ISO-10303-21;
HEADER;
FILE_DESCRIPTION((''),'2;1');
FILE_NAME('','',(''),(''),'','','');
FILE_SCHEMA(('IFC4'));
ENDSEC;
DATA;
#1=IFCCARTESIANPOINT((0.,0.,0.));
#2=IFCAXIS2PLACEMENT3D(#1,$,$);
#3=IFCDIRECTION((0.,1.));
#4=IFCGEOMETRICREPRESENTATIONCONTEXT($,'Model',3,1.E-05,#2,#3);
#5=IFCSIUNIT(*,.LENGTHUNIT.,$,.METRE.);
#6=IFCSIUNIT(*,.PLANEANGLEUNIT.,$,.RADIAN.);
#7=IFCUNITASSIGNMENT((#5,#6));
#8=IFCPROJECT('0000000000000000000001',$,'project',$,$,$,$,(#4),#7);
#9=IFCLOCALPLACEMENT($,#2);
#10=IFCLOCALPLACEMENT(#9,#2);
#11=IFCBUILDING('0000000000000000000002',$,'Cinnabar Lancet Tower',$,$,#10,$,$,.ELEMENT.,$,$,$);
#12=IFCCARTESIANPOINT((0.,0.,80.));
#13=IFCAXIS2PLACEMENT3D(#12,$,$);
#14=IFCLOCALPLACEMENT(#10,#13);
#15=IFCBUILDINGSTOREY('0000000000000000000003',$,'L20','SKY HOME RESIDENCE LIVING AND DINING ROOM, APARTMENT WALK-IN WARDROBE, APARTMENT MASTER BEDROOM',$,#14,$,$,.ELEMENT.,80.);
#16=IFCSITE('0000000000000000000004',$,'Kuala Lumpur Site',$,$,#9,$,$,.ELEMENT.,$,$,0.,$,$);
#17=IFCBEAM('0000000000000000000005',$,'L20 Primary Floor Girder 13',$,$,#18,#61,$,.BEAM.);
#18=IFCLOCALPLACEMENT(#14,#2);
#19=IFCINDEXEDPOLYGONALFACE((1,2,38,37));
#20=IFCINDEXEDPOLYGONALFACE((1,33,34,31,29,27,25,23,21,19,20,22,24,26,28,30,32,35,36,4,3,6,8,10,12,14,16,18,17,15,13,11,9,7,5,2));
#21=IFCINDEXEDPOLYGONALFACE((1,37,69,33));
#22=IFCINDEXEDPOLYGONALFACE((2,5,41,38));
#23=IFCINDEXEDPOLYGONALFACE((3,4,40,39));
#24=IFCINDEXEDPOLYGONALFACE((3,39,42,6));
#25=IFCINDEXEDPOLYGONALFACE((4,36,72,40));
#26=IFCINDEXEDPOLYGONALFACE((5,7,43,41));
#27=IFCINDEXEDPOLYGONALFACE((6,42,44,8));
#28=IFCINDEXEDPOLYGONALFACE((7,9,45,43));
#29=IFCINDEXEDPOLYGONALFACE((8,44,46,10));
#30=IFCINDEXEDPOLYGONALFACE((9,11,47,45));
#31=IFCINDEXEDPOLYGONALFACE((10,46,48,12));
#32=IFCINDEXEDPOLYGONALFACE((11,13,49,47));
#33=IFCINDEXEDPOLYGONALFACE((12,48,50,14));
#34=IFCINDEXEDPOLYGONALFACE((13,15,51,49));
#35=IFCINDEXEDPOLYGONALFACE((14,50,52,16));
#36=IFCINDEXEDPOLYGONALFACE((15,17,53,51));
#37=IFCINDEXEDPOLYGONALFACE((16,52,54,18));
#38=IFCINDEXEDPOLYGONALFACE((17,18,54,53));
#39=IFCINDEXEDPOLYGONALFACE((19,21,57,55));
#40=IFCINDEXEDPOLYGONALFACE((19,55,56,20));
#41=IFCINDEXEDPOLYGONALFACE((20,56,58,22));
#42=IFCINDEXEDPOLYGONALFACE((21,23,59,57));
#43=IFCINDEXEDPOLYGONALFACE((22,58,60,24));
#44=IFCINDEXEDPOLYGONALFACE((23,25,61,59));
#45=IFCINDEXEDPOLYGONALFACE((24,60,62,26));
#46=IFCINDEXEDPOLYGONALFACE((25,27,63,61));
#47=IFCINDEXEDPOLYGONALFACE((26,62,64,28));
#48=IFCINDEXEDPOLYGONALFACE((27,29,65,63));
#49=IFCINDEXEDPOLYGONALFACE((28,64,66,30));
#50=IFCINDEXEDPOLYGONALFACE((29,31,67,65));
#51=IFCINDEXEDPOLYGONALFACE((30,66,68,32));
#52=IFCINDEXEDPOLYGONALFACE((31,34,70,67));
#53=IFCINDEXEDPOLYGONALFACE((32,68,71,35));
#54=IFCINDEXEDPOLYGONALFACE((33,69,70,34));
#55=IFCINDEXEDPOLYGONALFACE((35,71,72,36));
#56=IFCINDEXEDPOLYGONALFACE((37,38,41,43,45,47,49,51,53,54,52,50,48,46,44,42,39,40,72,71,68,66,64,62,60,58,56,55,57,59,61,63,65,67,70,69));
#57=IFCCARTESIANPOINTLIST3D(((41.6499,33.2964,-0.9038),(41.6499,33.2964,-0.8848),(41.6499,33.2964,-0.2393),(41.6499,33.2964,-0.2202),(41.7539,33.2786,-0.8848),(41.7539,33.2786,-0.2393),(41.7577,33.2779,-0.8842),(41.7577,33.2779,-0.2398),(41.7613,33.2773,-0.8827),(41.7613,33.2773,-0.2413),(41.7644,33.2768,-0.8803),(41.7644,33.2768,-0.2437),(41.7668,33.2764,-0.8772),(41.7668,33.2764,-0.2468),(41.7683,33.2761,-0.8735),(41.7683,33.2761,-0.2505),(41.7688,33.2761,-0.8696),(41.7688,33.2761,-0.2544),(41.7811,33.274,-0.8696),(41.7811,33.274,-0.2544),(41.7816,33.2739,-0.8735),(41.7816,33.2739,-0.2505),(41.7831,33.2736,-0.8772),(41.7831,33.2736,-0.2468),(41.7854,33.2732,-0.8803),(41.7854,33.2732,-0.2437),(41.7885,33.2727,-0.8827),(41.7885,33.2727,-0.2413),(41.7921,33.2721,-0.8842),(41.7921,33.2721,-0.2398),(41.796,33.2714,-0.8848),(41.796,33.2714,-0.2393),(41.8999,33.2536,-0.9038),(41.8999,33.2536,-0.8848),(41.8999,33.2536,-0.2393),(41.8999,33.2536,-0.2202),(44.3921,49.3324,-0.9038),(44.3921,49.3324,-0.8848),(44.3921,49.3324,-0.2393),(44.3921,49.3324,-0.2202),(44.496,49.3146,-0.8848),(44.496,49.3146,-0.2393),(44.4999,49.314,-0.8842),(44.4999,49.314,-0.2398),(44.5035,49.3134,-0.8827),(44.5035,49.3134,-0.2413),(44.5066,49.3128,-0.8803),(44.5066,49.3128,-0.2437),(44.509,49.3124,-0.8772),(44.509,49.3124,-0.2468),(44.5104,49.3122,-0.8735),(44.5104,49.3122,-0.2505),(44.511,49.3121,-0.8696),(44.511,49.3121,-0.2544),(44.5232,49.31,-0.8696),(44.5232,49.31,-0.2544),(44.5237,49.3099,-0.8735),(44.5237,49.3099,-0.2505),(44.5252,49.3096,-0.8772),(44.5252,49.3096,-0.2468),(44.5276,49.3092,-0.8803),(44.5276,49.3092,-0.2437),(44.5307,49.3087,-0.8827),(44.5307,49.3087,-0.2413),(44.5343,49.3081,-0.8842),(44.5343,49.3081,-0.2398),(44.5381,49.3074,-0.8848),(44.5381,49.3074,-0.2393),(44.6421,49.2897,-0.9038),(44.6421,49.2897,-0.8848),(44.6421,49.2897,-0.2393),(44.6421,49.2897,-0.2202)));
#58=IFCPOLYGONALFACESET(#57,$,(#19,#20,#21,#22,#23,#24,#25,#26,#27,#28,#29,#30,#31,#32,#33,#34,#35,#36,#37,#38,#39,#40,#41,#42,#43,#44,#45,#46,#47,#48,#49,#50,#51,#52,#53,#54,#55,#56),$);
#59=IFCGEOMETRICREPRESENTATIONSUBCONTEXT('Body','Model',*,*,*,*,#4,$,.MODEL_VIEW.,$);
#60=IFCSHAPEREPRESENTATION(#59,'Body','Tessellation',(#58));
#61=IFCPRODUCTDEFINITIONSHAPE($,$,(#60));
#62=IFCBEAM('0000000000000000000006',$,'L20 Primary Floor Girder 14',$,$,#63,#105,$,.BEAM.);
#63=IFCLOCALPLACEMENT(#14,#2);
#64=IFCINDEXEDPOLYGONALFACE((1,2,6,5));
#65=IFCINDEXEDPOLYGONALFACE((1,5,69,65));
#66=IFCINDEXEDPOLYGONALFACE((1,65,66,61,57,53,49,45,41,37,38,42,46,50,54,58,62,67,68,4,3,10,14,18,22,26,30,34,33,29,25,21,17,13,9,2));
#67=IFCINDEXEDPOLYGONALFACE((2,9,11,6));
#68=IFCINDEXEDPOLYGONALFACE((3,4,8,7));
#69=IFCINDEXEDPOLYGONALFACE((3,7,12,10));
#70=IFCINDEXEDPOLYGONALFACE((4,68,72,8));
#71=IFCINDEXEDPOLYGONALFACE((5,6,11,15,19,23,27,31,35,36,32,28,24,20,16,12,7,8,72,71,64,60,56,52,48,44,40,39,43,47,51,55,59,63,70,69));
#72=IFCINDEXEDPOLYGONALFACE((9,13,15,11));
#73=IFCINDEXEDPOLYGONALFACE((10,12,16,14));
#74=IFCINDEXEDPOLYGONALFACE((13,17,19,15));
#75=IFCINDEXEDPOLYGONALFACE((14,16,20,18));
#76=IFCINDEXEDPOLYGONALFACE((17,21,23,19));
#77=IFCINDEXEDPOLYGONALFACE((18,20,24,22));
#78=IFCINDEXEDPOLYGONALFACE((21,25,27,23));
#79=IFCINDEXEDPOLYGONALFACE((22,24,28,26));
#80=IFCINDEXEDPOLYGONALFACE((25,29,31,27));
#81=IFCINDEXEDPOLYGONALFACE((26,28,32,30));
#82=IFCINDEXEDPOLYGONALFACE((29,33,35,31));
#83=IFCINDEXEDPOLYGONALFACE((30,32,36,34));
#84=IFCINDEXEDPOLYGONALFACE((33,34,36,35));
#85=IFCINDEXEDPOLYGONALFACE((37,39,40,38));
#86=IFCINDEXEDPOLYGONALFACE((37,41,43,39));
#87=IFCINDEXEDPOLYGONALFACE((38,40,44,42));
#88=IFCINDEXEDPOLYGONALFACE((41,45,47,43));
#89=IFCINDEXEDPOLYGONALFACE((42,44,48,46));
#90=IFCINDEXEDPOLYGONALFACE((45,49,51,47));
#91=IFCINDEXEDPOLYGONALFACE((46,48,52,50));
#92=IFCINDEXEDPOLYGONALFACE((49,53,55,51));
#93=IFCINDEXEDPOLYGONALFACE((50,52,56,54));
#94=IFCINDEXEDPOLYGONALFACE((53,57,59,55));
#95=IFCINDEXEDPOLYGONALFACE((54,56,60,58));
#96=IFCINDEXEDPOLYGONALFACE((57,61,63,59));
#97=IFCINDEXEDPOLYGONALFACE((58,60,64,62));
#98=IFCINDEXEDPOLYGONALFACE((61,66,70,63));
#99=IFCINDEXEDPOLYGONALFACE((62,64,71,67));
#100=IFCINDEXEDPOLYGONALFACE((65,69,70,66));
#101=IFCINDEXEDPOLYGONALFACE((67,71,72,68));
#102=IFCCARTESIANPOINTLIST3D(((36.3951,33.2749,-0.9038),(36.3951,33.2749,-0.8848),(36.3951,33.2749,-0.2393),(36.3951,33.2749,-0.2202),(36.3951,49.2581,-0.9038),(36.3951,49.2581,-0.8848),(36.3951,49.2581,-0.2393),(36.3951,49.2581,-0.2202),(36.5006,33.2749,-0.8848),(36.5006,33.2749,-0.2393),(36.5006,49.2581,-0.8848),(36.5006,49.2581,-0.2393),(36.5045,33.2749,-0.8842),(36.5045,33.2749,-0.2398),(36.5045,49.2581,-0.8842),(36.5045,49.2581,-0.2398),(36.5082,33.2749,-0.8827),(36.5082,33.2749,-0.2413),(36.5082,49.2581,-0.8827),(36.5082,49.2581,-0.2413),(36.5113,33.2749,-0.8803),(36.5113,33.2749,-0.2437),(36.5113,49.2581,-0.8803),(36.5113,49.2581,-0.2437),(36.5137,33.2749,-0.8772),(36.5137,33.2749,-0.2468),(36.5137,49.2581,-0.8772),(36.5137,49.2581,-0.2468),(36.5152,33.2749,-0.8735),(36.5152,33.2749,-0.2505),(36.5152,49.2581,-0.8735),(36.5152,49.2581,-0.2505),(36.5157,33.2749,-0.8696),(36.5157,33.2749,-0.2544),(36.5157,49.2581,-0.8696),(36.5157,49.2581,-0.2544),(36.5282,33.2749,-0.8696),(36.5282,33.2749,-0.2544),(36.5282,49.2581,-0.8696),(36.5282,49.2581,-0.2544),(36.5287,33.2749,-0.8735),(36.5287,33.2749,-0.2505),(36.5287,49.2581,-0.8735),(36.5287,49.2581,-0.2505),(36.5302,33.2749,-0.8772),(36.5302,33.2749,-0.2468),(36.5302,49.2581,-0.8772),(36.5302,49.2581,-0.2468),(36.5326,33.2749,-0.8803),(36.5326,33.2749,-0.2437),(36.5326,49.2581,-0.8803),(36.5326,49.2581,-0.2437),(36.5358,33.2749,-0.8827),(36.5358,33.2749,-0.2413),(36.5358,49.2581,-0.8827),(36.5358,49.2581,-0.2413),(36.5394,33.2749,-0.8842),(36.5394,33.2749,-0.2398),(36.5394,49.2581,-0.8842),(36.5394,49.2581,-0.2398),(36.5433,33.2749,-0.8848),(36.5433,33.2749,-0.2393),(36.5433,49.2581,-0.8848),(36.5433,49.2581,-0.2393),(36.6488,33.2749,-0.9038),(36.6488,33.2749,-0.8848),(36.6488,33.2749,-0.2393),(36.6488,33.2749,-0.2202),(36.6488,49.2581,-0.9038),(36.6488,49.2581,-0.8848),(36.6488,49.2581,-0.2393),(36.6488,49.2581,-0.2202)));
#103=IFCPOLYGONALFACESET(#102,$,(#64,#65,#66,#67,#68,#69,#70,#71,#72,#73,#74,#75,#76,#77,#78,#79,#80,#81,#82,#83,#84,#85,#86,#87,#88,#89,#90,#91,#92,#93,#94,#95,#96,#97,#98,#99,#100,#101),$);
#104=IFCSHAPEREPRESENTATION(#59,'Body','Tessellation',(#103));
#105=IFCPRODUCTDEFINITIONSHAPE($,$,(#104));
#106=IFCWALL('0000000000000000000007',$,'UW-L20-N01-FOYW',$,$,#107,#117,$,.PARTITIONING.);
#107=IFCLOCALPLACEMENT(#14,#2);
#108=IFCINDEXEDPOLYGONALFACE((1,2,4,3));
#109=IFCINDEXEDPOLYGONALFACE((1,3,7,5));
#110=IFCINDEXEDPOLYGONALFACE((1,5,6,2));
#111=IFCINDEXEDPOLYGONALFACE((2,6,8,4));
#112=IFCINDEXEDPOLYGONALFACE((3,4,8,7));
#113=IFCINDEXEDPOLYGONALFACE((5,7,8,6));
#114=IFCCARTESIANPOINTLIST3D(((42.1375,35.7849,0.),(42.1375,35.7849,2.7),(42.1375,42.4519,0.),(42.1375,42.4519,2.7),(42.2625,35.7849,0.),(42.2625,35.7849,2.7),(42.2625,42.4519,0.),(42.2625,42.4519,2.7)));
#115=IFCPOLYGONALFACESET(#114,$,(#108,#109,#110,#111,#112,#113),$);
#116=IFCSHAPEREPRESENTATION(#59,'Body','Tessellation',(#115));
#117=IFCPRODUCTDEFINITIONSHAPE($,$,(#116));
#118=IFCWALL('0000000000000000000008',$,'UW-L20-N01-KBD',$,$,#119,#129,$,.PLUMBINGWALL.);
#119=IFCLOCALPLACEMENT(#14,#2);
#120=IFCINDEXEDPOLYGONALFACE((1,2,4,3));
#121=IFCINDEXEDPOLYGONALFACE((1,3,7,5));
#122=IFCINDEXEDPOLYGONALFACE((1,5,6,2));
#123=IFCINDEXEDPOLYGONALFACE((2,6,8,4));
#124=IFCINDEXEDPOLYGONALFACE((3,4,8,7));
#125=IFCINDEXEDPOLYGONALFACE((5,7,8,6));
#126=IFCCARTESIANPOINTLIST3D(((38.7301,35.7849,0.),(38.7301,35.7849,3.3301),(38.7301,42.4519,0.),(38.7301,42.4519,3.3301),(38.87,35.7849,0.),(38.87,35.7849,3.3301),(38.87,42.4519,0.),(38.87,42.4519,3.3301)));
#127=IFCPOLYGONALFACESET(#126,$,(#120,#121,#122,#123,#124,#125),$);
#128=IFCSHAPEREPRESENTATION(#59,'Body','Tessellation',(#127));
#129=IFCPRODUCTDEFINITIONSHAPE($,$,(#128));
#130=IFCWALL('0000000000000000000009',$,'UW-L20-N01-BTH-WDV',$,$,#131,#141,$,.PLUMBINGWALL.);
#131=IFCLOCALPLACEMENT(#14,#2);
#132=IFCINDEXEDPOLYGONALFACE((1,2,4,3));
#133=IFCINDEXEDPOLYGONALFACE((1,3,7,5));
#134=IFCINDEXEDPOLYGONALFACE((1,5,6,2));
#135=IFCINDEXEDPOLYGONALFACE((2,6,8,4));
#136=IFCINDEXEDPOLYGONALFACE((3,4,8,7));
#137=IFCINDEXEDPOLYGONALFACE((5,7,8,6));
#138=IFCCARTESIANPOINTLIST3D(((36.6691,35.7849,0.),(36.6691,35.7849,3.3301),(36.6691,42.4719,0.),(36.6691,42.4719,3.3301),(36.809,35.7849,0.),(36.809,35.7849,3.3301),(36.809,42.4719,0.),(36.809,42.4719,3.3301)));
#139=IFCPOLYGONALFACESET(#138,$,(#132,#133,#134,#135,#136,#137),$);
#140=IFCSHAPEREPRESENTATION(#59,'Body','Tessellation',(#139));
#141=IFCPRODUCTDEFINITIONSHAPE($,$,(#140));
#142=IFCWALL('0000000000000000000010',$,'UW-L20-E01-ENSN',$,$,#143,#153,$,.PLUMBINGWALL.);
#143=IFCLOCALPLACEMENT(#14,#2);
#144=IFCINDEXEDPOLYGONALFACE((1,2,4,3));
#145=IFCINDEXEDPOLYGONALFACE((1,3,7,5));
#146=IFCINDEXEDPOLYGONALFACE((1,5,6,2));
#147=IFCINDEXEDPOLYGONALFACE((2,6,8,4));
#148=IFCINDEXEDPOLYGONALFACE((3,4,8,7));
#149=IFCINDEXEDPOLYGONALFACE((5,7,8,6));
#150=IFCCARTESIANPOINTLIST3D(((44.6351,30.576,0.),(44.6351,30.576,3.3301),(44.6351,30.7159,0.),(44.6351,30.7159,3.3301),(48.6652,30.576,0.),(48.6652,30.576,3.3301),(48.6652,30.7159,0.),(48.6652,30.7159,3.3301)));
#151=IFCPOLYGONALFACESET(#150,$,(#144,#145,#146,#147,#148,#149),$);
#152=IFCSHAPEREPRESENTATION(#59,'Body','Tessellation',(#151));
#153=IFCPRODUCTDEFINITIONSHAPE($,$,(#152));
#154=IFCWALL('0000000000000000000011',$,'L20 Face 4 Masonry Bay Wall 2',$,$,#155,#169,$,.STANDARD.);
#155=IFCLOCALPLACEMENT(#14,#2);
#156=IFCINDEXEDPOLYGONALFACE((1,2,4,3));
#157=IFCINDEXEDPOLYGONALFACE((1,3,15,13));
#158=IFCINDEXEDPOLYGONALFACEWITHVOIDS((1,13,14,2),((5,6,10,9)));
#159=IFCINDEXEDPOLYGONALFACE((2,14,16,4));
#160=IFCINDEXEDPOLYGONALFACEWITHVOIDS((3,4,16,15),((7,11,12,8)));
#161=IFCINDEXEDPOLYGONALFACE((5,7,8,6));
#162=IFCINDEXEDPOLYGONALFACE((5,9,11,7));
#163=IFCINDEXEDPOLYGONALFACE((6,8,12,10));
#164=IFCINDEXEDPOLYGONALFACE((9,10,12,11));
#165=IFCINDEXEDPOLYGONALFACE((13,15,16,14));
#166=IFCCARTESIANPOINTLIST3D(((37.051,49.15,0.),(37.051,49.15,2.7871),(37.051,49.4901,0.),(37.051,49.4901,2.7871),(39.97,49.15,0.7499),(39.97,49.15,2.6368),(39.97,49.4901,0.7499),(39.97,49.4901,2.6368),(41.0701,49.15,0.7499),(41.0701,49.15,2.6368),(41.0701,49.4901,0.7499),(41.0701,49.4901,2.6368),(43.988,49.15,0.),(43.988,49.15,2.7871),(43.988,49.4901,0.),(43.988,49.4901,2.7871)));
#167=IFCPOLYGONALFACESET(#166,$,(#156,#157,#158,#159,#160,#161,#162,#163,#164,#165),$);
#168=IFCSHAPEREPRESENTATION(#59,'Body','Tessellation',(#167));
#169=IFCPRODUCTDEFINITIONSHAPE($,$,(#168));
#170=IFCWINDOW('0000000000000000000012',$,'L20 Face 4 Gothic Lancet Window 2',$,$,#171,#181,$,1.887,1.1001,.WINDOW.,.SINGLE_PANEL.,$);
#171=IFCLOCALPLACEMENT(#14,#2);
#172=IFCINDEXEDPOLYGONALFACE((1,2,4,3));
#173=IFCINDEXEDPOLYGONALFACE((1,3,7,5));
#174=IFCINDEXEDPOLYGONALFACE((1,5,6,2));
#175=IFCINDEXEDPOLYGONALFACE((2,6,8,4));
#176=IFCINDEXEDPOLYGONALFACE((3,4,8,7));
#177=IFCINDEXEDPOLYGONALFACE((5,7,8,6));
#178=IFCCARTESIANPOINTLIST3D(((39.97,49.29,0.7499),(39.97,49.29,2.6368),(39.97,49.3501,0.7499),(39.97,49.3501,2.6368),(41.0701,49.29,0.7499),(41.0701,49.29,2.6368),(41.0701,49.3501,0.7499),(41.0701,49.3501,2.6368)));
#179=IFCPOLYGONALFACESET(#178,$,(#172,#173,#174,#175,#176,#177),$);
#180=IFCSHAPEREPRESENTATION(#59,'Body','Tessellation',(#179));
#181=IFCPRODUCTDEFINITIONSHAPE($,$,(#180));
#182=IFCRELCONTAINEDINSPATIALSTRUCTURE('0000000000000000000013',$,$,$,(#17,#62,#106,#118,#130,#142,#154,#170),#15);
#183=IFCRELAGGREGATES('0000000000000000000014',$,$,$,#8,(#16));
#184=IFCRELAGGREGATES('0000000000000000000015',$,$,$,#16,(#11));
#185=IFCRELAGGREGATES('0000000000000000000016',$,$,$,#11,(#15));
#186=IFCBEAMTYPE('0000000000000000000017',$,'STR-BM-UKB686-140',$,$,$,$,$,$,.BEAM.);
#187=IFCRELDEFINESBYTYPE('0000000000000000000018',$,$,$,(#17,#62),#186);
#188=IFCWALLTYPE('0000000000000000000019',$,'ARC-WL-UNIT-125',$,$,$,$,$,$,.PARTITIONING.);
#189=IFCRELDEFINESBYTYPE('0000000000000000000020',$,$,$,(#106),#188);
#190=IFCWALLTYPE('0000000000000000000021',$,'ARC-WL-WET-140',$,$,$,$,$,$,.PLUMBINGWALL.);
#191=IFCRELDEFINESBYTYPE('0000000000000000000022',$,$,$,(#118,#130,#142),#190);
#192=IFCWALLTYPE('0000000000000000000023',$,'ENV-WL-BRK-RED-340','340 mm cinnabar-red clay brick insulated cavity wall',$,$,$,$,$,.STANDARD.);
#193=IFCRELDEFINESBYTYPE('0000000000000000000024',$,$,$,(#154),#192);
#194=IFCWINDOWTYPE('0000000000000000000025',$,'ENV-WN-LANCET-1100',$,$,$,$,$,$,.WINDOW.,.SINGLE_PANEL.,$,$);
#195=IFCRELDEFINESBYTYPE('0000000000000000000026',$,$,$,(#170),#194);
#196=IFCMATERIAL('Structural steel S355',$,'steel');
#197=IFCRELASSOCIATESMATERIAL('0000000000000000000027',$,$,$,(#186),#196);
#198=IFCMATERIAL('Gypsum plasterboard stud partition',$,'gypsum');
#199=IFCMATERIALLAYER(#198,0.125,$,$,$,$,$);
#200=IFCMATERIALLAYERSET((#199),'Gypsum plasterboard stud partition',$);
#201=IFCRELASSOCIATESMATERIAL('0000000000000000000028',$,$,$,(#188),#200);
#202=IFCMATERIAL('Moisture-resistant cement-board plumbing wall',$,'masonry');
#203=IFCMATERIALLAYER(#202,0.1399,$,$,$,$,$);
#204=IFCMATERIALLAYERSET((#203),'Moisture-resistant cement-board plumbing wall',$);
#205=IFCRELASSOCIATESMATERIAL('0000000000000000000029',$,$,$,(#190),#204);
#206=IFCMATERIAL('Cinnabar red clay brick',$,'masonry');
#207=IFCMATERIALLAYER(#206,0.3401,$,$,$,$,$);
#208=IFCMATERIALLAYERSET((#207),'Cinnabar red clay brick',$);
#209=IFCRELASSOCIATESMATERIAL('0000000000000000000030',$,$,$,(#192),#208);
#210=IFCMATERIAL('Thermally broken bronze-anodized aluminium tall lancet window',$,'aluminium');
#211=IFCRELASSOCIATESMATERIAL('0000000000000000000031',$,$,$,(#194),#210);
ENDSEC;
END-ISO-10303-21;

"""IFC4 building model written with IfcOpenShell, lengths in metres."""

from ifc_helpers import new_model, si_unit, direction, frame, frame_2d, origin, origin_2d, place, context, subcontext, project, spatial, rectangle, i_section, extrude, material, layer, layer_set, material_profile, profile_set, type_object, element, fill, save


model = new_model("IFC4")

# Units and contexts
model_context = context("Model", 3, precision=1e-05, world=origin(), true_north=direction((0.0, 1.0)))
body_context = subcontext(model_context, "Body", "Model", "MODEL_VIEW")
ifc_project = project(units=[si_unit("LENGTHUNIT", "METRE"), si_unit("PLANEANGLEUNIT", "RADIAN")], contexts=[model_context])

# Site, building, storey
site_placement = place(None, origin())
site = spatial("IfcSite", under=ifc_project, at=site_placement, Name="Kuala Lumpur Site", CompositionType="ELEMENT", RefElevation=0.0)
building_placement = place(site_placement, origin())
building = spatial("IfcBuilding", under=site, at=building_placement, Name="Cinnabar Lancet Tower", CompositionType="ELEMENT")
storey_placement = place(building_placement, frame((0.0, 0.0, 80.0)))
storey = spatial("IfcBuildingStorey", under=building, at=storey_placement, Name="L20", Description="SKY HOME RESIDENCE LIVING AND DINING ROOM, APARTMENT WALK-IN WARDROBE, APARTMENT MASTER BEDROOM", CompositionType="ELEMENT", Elevation=80.0)

# Beams
ifc_material_1 = material(Name="Structural steel S355", Category="steel")
ifc_material_profile_1 = material_profile(ifc_material_1, i_section(OverallWidth=0.2537, OverallDepth=0.6836, WebThickness=0.0125, FlangeThickness=0.019, FilletRadius=0.0151, at=origin_2d()), Name="UKB 686x254x140")
ifc_profile_set_1 = profile_set([ifc_material_profile_1], Name="Structural steel S355")
beam_type_1 = type_object("IfcBeamType", Name="STR-BM-UKB686-140", PredefinedType="BEAM", material=ifc_profile_set_1)
beam_1_placement = place(storey_placement, frame((44.5171, 49.311, -0.562), z_axis=(-0.168554, -0.985692, 0.0), x_axis=(0.985692, -0.168554, 0.0)))
element("IfcBeam", 1, at=beam_1_placement, inside=storey, type_object=beam_type_1, Name="L20 Primary Floor Girder 13", PredefinedType="BEAM", context=body_context, shape_type="SweptSolid", body=[
    extrude(i_section(OverallWidth=0.2537, OverallDepth=0.6836, WebThickness=0.0125, FlangeThickness=0.019, FilletRadius=0.0151, at=origin_2d()), origin(), (0.0, 0.0, 1.0), 16.2688),
])
beam_2_placement = place(storey_placement, frame((36.522, 49.2581, -0.562), z_axis=(0.0, -1.0, 0.0), x_axis=(1.0, 0.0, 0.0)))
element("IfcBeam", 2, at=beam_2_placement, inside=storey, type_object=beam_type_1, Name="L20 Primary Floor Girder 14", PredefinedType="BEAM", context=body_context, shape_type="SweptSolid", body=[
    extrude(i_section(OverallWidth=0.2537, OverallDepth=0.6836, WebThickness=0.0125, FlangeThickness=0.019, FilletRadius=0.0151, at=origin_2d()), origin(), (0.0, 0.0, 1.0), 15.9832),
])

# Walls
ifc_material_2 = material(Name="Gypsum plasterboard stud partition", Category="gypsum")
ifc_layer_1 = layer(ifc_material_2, 0.125)
ifc_layer_set_1 = layer_set([ifc_layer_1], Name="Gypsum plasterboard stud partition")
wall_type_1 = type_object("IfcWallType", Name="ARC-WL-UNIT-125", PredefinedType="PARTITIONING", material=ifc_layer_set_1)
wall_1_placement = place(storey_placement, frame((42.2, 35.7849, 0.0), z_axis=(0.0, 0.0, 1.0), x_axis=(0.0, 1.0, 0.0)))
element("IfcWall", 3, at=wall_1_placement, inside=storey, type_object=wall_type_1, Name="UW-L20-N01-FOYW", PredefinedType="PARTITIONING", context=body_context, shape_type="SweptSolid", body=[
    extrude(rectangle(XDim=6.667, YDim=0.125, at=frame_2d((3.3335, 0.0))), origin(), (0.0, 0.0, 1.0), 2.7),
])
ifc_material_3 = material(Name="Moisture-resistant cement-board plumbing wall", Category="masonry")
ifc_layer_2 = layer(ifc_material_3, 0.1399)
ifc_layer_set_2 = layer_set([ifc_layer_2], Name="Moisture-resistant cement-board plumbing wall")
wall_type_2 = type_object("IfcWallType", Name="ARC-WL-WET-140", PredefinedType="PLUMBINGWALL", material=ifc_layer_set_2)
wall_2_placement = place(storey_placement, frame((38.8, 35.7849, 0.0), z_axis=(0.0, 0.0, 1.0), x_axis=(0.0, 1.0, 0.0)))
element("IfcWall", 4, at=wall_2_placement, inside=storey, type_object=wall_type_2, Name="UW-L20-N01-KBD", PredefinedType="PLUMBINGWALL", context=body_context, shape_type="SweptSolid", body=[
    extrude(rectangle(XDim=6.667, YDim=0.1399, at=frame_2d((3.3335, 0.0))), origin(), (0.0, 0.0, 1.0), 3.3301),
])
wall_3_placement = place(storey_placement, frame((36.739, 35.7849, 0.0), z_axis=(0.0, 0.0, 1.0), x_axis=(0.0, 1.0, 0.0)))
element("IfcWall", 5, at=wall_3_placement, inside=storey, type_object=wall_type_2, Name="UW-L20-N01-BTH-WDV", PredefinedType="PLUMBINGWALL", context=body_context, shape_type="SweptSolid", body=[
    extrude(rectangle(XDim=6.687, YDim=0.1399, at=frame_2d((3.3435, 0.0))), origin(), (0.0, 0.0, 1.0), 3.3301),
])
wall_4_placement = place(storey_placement, frame((44.635, 30.646, 0.0), z_axis=(0.0, 0.0, 1.0), x_axis=(1.0, 0.0, 0.0)))
element("IfcWall", 6, at=wall_4_placement, inside=storey, type_object=wall_type_2, Name="UW-L20-E01-ENSN", PredefinedType="PLUMBINGWALL", context=body_context, shape_type="SweptSolid", body=[
    extrude(rectangle(XDim=4.03, YDim=0.1399, at=frame_2d((2.0151, 0.0))), origin(), (0.0, 0.0, 1.0), 3.3301),
])

# Wall, opening, window
ifc_material_4 = material(Name="Cinnabar red clay brick", Category="masonry")
ifc_layer_3 = layer(ifc_material_4, 0.3401)
ifc_layer_set_3 = layer_set([ifc_layer_3], Name="Cinnabar red clay brick")
wall_type_3 = type_object("IfcWallType", Name="ENV-WL-BRK-RED-340", Description="340 mm cinnabar-red clay brick insulated cavity wall", PredefinedType="STANDARD", material=ifc_layer_set_3)
wall_5_placement = place(storey_placement, frame((43.988, 49.3201, 0.0), z_axis=(0.0, 0.0, 1.0), x_axis=(-1.0, 0.0, 0.0)))
wall_5 = element("IfcWall", 7, at=wall_5_placement, inside=storey, type_object=wall_type_3, Name="L20 Face 4 Masonry Bay Wall 2", PredefinedType="STANDARD", context=body_context, shape_type="SweptSolid", body=[
    extrude(rectangle(XDim=6.937, YDim=0.3401, at=frame_2d((3.4685, 0.0))), origin(), (0.0, 0.0, 1.0), 2.7871),
])
opening_1_placement = place(wall_5_placement, frame((2.918, 0.0, 0.75)))
opening_1 = element("IfcOpeningElement", 8, at=opening_1_placement, cuts=wall_5, PredefinedType="OPENING", context=body_context, shape_type="SweptSolid", body=[
    extrude(rectangle(XDim=1.1001, YDim=1.887, at=frame_2d((0.55, 0.9434))), frame((0.0, 0.1799, 0.0), z_axis=(0.0, -1.0, 0.0), x_axis=(1.0, 0.0, 0.0)), (0.0, 0.0, 1.0), 0.3601),
])
ifc_material_5 = material(Name="Thermally broken bronze-anodized aluminium tall lancet window", Category="aluminium")
window_type = type_object("IfcWindowType", Name="ENV-WN-LANCET-1100", PartitioningType="SINGLE_PANEL", PredefinedType="WINDOW", material=ifc_material_5)
window_1_placement = place(opening_1_placement, origin())
window_1 = element("IfcWindow", 9, at=window_1_placement, inside=storey, type_object=window_type, Name="L20 Face 4 Gothic Lancet Window 2", OverallHeight=1.887, OverallWidth=1.1001, PartitioningType="SINGLE_PANEL", PredefinedType="WINDOW", context=body_context, shape_type="SweptSolid", body=[
    extrude(rectangle(XDim=1.1001, YDim=1.887, at=frame_2d((0.55, 0.9434))), frame((0.0, 0.03, 0.0), z_axis=(0.0, -1.0, 0.0), x_axis=(1.0, 0.0, 0.0)), (0.0, 0.0, 1.0), 0.0601),
])
fill(opening_1, window_1)

save(model, "model.ifc")
